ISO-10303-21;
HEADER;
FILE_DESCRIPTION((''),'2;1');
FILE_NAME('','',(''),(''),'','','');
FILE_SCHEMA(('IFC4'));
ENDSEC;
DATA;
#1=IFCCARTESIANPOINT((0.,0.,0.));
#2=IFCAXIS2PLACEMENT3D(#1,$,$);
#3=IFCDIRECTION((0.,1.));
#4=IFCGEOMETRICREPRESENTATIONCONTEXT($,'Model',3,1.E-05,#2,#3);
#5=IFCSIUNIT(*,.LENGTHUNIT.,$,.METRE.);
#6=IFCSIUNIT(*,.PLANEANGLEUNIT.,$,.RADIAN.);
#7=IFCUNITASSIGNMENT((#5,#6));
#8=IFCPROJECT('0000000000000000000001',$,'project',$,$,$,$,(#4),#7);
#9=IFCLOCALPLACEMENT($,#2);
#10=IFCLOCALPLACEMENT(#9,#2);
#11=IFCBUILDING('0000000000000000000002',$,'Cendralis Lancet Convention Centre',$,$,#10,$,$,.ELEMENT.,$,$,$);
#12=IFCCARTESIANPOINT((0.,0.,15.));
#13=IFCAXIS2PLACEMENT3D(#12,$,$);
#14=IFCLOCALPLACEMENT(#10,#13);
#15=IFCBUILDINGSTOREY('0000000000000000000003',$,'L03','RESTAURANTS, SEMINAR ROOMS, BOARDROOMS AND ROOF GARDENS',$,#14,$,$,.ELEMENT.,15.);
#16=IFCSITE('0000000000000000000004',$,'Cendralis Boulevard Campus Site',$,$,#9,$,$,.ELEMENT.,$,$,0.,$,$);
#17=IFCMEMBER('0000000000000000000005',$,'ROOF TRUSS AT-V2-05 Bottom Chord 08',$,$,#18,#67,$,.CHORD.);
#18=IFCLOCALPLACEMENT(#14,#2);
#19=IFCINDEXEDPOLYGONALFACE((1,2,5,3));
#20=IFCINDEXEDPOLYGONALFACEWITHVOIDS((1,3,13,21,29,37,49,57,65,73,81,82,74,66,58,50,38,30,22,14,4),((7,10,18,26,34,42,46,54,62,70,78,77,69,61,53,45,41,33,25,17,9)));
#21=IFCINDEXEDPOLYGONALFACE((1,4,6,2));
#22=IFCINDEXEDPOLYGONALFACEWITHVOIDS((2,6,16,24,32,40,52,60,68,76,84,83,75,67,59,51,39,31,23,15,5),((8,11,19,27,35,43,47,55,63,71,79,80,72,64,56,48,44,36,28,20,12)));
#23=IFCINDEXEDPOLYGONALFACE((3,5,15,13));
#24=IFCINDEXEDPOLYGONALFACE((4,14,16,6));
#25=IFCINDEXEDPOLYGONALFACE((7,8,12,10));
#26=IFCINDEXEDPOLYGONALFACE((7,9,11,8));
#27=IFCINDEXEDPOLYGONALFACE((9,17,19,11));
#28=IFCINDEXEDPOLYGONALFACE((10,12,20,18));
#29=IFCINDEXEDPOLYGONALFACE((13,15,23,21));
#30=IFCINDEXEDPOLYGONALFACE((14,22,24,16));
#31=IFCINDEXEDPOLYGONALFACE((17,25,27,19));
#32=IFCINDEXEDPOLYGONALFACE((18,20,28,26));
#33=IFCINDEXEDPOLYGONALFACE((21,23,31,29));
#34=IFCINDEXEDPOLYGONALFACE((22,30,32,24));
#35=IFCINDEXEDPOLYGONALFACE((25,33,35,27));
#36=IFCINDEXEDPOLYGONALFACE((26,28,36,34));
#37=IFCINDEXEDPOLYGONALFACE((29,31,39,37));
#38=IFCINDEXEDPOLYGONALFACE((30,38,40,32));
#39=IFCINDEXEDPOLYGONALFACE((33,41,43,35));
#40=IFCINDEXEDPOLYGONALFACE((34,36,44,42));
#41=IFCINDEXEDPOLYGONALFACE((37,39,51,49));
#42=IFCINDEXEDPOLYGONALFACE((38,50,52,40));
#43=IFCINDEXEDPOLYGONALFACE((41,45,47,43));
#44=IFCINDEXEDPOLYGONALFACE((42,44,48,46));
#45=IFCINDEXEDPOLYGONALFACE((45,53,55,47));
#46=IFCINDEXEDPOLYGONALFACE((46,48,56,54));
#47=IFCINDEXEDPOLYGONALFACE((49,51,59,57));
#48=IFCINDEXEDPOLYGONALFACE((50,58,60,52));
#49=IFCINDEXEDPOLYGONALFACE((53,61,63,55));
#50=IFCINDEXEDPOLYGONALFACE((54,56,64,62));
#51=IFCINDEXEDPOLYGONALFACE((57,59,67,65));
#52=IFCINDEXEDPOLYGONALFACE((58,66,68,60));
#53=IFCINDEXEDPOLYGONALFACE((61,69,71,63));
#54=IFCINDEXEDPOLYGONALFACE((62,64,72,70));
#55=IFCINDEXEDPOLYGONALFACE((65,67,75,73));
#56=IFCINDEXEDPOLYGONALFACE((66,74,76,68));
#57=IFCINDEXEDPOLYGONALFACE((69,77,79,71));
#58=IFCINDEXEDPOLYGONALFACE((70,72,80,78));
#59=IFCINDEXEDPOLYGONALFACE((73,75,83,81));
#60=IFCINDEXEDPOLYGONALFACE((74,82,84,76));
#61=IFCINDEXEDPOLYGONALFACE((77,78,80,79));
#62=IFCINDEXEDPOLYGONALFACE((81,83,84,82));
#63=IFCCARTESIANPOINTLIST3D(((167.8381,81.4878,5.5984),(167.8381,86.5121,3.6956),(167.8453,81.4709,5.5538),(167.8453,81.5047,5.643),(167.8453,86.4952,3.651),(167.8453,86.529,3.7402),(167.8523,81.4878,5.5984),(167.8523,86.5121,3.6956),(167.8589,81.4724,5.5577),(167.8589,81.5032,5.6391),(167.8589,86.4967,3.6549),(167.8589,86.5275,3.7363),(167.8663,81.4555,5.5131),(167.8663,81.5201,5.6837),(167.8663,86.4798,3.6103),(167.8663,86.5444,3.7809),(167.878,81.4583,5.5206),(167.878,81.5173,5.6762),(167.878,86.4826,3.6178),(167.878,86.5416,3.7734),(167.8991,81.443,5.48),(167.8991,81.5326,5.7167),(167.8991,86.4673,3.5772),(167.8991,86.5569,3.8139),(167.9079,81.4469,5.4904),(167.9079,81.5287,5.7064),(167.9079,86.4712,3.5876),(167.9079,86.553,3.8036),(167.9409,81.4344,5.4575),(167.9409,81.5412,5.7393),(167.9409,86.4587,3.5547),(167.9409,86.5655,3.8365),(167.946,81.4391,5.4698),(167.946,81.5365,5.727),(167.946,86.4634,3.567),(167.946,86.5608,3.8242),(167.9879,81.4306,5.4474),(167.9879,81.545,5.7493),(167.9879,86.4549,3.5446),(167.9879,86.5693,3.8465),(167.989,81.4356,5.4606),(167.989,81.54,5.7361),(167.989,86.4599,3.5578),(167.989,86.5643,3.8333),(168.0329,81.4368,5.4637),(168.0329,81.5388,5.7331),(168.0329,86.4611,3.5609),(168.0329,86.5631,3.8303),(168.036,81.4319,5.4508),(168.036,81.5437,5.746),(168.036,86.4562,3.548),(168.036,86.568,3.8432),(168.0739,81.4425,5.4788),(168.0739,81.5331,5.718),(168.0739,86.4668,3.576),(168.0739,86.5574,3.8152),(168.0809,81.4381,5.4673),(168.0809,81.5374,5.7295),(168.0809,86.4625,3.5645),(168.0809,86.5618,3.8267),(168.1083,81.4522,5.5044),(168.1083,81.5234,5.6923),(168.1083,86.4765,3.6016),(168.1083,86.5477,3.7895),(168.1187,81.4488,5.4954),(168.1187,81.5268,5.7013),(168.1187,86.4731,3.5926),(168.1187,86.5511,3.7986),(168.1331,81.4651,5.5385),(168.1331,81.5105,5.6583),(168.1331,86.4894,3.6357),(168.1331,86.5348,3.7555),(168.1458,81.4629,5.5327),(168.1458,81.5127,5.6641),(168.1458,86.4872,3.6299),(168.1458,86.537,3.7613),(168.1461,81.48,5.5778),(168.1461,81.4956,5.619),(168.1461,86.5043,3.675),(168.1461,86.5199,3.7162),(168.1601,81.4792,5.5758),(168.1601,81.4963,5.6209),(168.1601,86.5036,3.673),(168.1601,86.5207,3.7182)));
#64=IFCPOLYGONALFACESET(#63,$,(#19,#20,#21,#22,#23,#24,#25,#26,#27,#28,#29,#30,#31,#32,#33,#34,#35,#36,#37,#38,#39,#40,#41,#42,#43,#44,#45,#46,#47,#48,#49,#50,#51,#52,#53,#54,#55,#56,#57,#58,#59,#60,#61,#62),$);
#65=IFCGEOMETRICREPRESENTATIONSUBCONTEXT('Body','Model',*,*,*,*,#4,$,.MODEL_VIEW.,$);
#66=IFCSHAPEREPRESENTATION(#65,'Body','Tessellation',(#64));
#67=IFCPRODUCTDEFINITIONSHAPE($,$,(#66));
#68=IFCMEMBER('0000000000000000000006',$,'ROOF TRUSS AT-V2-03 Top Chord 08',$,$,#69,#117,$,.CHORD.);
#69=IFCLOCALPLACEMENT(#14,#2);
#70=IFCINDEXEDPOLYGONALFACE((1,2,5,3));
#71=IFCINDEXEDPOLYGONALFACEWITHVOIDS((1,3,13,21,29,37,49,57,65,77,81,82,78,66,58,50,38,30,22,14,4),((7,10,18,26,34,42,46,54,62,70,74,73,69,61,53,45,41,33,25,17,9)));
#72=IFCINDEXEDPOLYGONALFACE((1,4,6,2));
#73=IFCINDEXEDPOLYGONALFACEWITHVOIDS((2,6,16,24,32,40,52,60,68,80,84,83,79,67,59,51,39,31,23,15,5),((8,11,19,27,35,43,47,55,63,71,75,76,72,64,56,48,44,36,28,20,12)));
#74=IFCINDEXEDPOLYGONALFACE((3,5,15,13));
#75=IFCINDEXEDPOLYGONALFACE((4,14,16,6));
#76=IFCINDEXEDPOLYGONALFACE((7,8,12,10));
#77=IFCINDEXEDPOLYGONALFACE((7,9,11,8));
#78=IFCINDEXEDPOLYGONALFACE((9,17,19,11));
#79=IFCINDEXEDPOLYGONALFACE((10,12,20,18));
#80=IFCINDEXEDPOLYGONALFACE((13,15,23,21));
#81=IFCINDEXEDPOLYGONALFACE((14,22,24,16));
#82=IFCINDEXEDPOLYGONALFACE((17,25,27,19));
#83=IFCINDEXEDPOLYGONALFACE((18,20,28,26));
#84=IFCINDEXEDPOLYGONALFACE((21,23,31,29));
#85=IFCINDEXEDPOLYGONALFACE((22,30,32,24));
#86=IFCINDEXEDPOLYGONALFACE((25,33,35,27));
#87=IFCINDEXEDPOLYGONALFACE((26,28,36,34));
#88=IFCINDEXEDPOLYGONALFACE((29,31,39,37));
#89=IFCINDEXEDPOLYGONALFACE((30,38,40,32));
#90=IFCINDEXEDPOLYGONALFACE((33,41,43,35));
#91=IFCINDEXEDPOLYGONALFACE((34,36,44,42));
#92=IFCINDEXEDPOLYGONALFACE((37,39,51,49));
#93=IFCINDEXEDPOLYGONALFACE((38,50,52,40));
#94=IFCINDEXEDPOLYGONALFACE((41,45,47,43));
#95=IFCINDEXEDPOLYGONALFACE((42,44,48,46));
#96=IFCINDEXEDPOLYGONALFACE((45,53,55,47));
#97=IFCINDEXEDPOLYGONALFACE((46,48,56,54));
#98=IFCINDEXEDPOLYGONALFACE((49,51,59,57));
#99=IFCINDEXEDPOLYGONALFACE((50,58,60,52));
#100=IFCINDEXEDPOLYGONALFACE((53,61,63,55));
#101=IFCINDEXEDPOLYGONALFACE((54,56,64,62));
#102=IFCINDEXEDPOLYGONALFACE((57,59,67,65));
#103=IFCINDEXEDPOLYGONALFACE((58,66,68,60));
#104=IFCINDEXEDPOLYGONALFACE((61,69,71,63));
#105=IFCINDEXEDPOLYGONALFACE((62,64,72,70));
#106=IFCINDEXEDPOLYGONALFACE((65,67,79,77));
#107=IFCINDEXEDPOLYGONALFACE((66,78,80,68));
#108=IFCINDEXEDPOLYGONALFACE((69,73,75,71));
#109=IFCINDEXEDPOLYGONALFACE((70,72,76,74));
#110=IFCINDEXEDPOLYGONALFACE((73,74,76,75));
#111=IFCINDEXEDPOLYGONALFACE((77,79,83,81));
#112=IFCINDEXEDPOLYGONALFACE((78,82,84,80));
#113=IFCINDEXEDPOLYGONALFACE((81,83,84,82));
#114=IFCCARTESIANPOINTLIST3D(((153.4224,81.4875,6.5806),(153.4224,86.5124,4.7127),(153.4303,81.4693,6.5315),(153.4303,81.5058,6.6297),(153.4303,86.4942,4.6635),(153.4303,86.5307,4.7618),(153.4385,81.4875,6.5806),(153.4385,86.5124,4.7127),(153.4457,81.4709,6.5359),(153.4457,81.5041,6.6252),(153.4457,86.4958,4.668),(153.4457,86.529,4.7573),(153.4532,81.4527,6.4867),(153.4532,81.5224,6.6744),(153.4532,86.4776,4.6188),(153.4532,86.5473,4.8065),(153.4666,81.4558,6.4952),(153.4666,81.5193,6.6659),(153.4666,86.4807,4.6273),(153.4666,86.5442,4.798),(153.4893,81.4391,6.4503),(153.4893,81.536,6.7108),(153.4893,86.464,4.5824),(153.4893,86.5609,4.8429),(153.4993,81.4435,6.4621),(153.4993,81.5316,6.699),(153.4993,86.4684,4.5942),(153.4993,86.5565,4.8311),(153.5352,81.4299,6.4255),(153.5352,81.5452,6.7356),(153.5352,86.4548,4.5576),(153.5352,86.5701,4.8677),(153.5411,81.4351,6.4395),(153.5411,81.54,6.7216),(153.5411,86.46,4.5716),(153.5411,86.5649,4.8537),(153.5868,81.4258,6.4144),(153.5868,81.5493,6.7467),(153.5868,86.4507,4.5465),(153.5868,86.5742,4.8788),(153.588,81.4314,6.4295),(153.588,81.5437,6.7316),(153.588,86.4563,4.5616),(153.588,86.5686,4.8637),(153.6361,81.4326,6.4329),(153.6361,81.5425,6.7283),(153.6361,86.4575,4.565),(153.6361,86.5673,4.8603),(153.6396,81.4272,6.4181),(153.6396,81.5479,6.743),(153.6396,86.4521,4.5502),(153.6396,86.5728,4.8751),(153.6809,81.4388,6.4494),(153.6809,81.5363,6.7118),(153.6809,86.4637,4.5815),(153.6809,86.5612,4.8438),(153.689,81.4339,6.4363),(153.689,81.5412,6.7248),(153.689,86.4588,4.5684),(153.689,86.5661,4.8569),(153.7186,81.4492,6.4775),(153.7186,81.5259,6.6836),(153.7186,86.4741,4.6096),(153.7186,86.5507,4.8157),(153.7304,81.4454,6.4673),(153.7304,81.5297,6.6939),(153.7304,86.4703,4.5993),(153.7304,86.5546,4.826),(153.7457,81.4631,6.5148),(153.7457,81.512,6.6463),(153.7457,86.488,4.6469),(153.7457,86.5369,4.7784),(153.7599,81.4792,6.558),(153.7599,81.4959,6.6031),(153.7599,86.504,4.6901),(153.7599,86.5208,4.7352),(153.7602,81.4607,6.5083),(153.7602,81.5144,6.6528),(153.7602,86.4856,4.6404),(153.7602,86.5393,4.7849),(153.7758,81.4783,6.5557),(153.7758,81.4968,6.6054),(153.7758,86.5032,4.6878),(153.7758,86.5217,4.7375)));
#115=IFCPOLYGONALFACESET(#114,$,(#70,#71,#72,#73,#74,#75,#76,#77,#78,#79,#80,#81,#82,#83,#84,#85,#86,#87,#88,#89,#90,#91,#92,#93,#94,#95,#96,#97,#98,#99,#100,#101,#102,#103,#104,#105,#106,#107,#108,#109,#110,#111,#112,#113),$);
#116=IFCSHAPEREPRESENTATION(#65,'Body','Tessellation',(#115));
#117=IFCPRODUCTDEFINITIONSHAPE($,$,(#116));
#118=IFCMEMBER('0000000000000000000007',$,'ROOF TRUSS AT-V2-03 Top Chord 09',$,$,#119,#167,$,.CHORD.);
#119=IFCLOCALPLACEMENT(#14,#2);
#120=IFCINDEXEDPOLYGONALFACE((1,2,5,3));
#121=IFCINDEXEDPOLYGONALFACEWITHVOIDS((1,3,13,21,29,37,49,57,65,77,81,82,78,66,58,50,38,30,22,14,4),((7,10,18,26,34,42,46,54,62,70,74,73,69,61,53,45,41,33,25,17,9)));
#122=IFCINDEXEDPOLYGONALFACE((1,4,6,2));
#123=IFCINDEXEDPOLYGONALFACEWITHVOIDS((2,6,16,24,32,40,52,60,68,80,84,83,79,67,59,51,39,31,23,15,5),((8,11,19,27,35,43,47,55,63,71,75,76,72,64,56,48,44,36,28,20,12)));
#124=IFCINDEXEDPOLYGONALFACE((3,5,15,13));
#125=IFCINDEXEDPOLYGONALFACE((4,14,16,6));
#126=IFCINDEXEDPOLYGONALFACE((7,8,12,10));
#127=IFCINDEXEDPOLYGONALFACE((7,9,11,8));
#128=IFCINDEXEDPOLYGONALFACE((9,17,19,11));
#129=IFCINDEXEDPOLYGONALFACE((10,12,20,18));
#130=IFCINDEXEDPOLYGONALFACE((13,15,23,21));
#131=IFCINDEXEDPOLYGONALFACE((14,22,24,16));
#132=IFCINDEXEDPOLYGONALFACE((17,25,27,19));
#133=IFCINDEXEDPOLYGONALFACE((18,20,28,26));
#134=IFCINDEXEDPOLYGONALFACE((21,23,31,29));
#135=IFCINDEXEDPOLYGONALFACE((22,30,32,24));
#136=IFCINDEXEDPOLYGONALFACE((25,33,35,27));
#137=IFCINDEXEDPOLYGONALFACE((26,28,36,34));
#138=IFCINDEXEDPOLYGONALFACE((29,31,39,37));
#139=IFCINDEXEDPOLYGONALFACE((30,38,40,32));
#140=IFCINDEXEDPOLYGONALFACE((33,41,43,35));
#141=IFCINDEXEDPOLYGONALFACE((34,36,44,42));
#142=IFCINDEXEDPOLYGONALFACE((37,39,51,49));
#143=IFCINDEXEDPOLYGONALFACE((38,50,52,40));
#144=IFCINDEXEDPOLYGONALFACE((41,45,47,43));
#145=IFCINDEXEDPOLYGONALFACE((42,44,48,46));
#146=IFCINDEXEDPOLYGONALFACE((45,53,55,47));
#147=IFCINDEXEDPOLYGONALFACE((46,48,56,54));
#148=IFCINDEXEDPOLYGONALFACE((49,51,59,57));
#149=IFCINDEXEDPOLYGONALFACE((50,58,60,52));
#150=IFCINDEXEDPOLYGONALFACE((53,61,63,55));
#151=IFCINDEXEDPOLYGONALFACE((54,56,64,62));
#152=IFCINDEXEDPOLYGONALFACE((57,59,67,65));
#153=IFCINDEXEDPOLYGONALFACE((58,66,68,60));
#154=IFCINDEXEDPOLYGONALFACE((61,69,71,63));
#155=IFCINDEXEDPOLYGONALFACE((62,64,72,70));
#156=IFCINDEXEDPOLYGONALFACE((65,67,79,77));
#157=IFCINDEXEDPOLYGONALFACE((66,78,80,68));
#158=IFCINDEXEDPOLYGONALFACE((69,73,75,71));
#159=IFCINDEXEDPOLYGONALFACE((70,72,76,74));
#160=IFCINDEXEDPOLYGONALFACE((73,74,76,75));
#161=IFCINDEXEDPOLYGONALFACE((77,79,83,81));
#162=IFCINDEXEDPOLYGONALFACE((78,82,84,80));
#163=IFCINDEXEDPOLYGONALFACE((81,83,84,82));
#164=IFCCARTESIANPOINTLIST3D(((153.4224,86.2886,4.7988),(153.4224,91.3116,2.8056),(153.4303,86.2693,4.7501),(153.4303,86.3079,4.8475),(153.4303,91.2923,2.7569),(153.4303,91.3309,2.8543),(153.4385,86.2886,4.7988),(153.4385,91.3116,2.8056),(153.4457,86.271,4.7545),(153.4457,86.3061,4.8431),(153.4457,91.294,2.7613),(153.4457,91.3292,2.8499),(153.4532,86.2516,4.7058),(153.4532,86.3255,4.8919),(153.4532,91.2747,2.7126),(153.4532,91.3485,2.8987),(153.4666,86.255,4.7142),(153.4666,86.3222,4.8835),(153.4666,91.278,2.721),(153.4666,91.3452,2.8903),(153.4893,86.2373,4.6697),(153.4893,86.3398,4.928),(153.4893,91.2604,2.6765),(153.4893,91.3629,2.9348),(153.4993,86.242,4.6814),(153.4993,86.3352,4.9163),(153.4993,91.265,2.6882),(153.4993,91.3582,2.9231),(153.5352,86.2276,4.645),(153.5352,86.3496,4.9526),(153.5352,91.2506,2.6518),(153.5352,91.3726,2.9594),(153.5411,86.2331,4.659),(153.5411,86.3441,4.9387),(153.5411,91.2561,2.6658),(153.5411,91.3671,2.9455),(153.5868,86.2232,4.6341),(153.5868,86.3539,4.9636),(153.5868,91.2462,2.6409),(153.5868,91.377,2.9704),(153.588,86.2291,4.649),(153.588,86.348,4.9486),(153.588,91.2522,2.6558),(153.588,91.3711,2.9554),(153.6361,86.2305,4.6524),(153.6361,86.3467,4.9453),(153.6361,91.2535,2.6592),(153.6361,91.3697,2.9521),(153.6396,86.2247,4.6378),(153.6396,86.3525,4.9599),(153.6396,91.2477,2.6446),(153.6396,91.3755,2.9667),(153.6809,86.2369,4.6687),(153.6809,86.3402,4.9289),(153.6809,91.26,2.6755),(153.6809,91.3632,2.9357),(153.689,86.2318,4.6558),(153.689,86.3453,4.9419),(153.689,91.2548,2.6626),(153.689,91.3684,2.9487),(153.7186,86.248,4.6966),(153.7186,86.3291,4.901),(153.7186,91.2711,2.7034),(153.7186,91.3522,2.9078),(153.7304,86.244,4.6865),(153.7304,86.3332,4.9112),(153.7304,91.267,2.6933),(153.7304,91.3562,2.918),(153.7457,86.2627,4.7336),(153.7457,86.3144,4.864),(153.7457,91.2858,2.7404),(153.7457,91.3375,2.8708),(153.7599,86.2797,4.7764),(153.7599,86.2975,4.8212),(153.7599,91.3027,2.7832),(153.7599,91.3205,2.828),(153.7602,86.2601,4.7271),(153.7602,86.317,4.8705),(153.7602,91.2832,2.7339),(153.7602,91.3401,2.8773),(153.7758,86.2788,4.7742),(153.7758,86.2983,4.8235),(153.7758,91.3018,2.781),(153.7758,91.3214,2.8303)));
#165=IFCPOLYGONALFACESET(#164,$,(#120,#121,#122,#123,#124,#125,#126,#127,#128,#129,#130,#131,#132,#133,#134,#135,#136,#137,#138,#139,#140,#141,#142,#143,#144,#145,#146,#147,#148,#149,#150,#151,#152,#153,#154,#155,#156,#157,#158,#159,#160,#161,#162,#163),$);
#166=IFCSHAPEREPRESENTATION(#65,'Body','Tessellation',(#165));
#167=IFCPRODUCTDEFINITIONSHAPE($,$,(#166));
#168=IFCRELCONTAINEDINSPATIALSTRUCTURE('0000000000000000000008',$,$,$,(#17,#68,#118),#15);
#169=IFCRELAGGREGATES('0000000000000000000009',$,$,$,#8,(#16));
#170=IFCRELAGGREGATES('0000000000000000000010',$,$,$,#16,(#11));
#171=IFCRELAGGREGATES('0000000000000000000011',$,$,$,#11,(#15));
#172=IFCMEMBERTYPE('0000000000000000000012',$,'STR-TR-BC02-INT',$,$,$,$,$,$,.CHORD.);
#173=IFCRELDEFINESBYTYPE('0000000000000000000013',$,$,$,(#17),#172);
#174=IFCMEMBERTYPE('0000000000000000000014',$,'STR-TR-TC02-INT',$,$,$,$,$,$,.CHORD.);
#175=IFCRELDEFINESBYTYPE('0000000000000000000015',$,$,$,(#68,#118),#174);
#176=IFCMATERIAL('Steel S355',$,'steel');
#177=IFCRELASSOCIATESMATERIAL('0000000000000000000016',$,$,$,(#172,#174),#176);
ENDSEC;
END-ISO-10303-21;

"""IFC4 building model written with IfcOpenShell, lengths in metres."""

from ifc_helpers import new_model, si_unit, direction, frame, origin, origin_2d, place, context, subcontext, project, spatial, hollow_circle, extrude, material, material_profile, profile_set, type_object, element, save


model = new_model("IFC4")

# Units and contexts
model_context = context("Model", 3, precision=1e-05, world=origin(), true_north=direction((0.0, 1.0)))
body_context = subcontext(model_context, "Body", "Model", "MODEL_VIEW")
ifc_project = project(units=[si_unit("LENGTHUNIT", "METRE"), si_unit("PLANEANGLEUNIT", "RADIAN")], contexts=[model_context])

# Site, building, storey
site_placement = place(None, origin())
site = spatial("IfcSite", under=ifc_project, at=site_placement, Name="Cendralis Boulevard Campus Site", CompositionType="ELEMENT", RefElevation=0.0)
building_placement = place(site_placement, origin())
building = spatial("IfcBuilding", under=site, at=building_placement, Name="Cendralis Lancet Convention Centre", CompositionType="ELEMENT")
storey_placement = place(building_placement, frame((0.0, 0.0, 15.0)))
storey = spatial("IfcBuildingStorey", under=building, at=storey_placement, Name="L03", Description="RESTAURANTS, SEMINAR ROOMS, BOARDROOMS AND ROOF GARDENS", CompositionType="ELEMENT", Elevation=15.0)

# Shared definitions
ifc_material_1 = material(Name="Steel S355", Category="steel")

# Members
ifc_material_profile_1 = material_profile(ifc_material_1, hollow_circle(Radius=0.1619, WallThickness=0.0142, at=origin_2d()), Name="CHS 323.9x14.2")
ifc_profile_set_1 = profile_set([ifc_material_profile_1], Name="Steel S355")
member_type_1 = type_object("IfcMemberType", Name="STR-TR-BC02-INT", PredefinedType="CHORD", material=ifc_profile_set_1)
member_1_placement = place(storey_placement, frame((168.0, 81.4878, 5.5984), z_axis=(0.0, 0.935181, -0.354169), x_axis=(-1.0, 0.0, 0.0)))
element("IfcMember", 1, at=member_1_placement, inside=storey, type_object=member_type_1, Name="ROOF TRUSS AT-V2-05 Bottom Chord 08", PredefinedType="CHORD", context=body_context, shape_type="SweptSolid", body=[
    extrude(hollow_circle(Radius=0.1619, WallThickness=0.0142, at=origin_2d()), origin(), (0.0, 0.0, 1.0), 5.3726),
])
ifc_material_profile_2 = material_profile(ifc_material_1, hollow_circle(Radius=0.1777, WallThickness=0.0161, at=origin_2d()), Name="CHS 355.6x16.0")
ifc_profile_set_2 = profile_set([ifc_material_profile_2], Name="Steel S355")
member_type_2 = type_object("IfcMemberType", Name="STR-TR-TC02-INT", PredefinedType="CHORD", material=ifc_profile_set_2)
member_2_placement = place(storey_placement, frame((153.6001, 81.4875, 6.5806), z_axis=(0.0, 0.937332, -0.348437), x_axis=(-1.0, 0.0, 0.0)))
element("IfcMember", 2, at=member_2_placement, inside=storey, type_object=member_type_2, Name="ROOF TRUSS AT-V2-03 Top Chord 08", PredefinedType="CHORD", context=body_context, shape_type="SweptSolid", body=[
    extrude(hollow_circle(Radius=0.1777, WallThickness=0.0161, at=origin_2d()), origin(), (0.0, 0.0, 1.0), 5.3608),
])
member_3_placement = place(storey_placement, frame((153.6001, 86.2886, 4.7988), z_axis=(0.0, 0.929495, -0.368834), x_axis=(-1.0, 0.0, 0.0)))
element("IfcMember", 3, at=member_3_placement, inside=storey, type_object=member_type_2, Name="ROOF TRUSS AT-V2-03 Top Chord 09", PredefinedType="CHORD", context=body_context, shape_type="SweptSolid", body=[
    extrude(hollow_circle(Radius=0.1777, WallThickness=0.0161, at=origin_2d()), origin(), (0.0, 0.0, 1.0), 5.4041),
])

save(model, "model.ifc")
